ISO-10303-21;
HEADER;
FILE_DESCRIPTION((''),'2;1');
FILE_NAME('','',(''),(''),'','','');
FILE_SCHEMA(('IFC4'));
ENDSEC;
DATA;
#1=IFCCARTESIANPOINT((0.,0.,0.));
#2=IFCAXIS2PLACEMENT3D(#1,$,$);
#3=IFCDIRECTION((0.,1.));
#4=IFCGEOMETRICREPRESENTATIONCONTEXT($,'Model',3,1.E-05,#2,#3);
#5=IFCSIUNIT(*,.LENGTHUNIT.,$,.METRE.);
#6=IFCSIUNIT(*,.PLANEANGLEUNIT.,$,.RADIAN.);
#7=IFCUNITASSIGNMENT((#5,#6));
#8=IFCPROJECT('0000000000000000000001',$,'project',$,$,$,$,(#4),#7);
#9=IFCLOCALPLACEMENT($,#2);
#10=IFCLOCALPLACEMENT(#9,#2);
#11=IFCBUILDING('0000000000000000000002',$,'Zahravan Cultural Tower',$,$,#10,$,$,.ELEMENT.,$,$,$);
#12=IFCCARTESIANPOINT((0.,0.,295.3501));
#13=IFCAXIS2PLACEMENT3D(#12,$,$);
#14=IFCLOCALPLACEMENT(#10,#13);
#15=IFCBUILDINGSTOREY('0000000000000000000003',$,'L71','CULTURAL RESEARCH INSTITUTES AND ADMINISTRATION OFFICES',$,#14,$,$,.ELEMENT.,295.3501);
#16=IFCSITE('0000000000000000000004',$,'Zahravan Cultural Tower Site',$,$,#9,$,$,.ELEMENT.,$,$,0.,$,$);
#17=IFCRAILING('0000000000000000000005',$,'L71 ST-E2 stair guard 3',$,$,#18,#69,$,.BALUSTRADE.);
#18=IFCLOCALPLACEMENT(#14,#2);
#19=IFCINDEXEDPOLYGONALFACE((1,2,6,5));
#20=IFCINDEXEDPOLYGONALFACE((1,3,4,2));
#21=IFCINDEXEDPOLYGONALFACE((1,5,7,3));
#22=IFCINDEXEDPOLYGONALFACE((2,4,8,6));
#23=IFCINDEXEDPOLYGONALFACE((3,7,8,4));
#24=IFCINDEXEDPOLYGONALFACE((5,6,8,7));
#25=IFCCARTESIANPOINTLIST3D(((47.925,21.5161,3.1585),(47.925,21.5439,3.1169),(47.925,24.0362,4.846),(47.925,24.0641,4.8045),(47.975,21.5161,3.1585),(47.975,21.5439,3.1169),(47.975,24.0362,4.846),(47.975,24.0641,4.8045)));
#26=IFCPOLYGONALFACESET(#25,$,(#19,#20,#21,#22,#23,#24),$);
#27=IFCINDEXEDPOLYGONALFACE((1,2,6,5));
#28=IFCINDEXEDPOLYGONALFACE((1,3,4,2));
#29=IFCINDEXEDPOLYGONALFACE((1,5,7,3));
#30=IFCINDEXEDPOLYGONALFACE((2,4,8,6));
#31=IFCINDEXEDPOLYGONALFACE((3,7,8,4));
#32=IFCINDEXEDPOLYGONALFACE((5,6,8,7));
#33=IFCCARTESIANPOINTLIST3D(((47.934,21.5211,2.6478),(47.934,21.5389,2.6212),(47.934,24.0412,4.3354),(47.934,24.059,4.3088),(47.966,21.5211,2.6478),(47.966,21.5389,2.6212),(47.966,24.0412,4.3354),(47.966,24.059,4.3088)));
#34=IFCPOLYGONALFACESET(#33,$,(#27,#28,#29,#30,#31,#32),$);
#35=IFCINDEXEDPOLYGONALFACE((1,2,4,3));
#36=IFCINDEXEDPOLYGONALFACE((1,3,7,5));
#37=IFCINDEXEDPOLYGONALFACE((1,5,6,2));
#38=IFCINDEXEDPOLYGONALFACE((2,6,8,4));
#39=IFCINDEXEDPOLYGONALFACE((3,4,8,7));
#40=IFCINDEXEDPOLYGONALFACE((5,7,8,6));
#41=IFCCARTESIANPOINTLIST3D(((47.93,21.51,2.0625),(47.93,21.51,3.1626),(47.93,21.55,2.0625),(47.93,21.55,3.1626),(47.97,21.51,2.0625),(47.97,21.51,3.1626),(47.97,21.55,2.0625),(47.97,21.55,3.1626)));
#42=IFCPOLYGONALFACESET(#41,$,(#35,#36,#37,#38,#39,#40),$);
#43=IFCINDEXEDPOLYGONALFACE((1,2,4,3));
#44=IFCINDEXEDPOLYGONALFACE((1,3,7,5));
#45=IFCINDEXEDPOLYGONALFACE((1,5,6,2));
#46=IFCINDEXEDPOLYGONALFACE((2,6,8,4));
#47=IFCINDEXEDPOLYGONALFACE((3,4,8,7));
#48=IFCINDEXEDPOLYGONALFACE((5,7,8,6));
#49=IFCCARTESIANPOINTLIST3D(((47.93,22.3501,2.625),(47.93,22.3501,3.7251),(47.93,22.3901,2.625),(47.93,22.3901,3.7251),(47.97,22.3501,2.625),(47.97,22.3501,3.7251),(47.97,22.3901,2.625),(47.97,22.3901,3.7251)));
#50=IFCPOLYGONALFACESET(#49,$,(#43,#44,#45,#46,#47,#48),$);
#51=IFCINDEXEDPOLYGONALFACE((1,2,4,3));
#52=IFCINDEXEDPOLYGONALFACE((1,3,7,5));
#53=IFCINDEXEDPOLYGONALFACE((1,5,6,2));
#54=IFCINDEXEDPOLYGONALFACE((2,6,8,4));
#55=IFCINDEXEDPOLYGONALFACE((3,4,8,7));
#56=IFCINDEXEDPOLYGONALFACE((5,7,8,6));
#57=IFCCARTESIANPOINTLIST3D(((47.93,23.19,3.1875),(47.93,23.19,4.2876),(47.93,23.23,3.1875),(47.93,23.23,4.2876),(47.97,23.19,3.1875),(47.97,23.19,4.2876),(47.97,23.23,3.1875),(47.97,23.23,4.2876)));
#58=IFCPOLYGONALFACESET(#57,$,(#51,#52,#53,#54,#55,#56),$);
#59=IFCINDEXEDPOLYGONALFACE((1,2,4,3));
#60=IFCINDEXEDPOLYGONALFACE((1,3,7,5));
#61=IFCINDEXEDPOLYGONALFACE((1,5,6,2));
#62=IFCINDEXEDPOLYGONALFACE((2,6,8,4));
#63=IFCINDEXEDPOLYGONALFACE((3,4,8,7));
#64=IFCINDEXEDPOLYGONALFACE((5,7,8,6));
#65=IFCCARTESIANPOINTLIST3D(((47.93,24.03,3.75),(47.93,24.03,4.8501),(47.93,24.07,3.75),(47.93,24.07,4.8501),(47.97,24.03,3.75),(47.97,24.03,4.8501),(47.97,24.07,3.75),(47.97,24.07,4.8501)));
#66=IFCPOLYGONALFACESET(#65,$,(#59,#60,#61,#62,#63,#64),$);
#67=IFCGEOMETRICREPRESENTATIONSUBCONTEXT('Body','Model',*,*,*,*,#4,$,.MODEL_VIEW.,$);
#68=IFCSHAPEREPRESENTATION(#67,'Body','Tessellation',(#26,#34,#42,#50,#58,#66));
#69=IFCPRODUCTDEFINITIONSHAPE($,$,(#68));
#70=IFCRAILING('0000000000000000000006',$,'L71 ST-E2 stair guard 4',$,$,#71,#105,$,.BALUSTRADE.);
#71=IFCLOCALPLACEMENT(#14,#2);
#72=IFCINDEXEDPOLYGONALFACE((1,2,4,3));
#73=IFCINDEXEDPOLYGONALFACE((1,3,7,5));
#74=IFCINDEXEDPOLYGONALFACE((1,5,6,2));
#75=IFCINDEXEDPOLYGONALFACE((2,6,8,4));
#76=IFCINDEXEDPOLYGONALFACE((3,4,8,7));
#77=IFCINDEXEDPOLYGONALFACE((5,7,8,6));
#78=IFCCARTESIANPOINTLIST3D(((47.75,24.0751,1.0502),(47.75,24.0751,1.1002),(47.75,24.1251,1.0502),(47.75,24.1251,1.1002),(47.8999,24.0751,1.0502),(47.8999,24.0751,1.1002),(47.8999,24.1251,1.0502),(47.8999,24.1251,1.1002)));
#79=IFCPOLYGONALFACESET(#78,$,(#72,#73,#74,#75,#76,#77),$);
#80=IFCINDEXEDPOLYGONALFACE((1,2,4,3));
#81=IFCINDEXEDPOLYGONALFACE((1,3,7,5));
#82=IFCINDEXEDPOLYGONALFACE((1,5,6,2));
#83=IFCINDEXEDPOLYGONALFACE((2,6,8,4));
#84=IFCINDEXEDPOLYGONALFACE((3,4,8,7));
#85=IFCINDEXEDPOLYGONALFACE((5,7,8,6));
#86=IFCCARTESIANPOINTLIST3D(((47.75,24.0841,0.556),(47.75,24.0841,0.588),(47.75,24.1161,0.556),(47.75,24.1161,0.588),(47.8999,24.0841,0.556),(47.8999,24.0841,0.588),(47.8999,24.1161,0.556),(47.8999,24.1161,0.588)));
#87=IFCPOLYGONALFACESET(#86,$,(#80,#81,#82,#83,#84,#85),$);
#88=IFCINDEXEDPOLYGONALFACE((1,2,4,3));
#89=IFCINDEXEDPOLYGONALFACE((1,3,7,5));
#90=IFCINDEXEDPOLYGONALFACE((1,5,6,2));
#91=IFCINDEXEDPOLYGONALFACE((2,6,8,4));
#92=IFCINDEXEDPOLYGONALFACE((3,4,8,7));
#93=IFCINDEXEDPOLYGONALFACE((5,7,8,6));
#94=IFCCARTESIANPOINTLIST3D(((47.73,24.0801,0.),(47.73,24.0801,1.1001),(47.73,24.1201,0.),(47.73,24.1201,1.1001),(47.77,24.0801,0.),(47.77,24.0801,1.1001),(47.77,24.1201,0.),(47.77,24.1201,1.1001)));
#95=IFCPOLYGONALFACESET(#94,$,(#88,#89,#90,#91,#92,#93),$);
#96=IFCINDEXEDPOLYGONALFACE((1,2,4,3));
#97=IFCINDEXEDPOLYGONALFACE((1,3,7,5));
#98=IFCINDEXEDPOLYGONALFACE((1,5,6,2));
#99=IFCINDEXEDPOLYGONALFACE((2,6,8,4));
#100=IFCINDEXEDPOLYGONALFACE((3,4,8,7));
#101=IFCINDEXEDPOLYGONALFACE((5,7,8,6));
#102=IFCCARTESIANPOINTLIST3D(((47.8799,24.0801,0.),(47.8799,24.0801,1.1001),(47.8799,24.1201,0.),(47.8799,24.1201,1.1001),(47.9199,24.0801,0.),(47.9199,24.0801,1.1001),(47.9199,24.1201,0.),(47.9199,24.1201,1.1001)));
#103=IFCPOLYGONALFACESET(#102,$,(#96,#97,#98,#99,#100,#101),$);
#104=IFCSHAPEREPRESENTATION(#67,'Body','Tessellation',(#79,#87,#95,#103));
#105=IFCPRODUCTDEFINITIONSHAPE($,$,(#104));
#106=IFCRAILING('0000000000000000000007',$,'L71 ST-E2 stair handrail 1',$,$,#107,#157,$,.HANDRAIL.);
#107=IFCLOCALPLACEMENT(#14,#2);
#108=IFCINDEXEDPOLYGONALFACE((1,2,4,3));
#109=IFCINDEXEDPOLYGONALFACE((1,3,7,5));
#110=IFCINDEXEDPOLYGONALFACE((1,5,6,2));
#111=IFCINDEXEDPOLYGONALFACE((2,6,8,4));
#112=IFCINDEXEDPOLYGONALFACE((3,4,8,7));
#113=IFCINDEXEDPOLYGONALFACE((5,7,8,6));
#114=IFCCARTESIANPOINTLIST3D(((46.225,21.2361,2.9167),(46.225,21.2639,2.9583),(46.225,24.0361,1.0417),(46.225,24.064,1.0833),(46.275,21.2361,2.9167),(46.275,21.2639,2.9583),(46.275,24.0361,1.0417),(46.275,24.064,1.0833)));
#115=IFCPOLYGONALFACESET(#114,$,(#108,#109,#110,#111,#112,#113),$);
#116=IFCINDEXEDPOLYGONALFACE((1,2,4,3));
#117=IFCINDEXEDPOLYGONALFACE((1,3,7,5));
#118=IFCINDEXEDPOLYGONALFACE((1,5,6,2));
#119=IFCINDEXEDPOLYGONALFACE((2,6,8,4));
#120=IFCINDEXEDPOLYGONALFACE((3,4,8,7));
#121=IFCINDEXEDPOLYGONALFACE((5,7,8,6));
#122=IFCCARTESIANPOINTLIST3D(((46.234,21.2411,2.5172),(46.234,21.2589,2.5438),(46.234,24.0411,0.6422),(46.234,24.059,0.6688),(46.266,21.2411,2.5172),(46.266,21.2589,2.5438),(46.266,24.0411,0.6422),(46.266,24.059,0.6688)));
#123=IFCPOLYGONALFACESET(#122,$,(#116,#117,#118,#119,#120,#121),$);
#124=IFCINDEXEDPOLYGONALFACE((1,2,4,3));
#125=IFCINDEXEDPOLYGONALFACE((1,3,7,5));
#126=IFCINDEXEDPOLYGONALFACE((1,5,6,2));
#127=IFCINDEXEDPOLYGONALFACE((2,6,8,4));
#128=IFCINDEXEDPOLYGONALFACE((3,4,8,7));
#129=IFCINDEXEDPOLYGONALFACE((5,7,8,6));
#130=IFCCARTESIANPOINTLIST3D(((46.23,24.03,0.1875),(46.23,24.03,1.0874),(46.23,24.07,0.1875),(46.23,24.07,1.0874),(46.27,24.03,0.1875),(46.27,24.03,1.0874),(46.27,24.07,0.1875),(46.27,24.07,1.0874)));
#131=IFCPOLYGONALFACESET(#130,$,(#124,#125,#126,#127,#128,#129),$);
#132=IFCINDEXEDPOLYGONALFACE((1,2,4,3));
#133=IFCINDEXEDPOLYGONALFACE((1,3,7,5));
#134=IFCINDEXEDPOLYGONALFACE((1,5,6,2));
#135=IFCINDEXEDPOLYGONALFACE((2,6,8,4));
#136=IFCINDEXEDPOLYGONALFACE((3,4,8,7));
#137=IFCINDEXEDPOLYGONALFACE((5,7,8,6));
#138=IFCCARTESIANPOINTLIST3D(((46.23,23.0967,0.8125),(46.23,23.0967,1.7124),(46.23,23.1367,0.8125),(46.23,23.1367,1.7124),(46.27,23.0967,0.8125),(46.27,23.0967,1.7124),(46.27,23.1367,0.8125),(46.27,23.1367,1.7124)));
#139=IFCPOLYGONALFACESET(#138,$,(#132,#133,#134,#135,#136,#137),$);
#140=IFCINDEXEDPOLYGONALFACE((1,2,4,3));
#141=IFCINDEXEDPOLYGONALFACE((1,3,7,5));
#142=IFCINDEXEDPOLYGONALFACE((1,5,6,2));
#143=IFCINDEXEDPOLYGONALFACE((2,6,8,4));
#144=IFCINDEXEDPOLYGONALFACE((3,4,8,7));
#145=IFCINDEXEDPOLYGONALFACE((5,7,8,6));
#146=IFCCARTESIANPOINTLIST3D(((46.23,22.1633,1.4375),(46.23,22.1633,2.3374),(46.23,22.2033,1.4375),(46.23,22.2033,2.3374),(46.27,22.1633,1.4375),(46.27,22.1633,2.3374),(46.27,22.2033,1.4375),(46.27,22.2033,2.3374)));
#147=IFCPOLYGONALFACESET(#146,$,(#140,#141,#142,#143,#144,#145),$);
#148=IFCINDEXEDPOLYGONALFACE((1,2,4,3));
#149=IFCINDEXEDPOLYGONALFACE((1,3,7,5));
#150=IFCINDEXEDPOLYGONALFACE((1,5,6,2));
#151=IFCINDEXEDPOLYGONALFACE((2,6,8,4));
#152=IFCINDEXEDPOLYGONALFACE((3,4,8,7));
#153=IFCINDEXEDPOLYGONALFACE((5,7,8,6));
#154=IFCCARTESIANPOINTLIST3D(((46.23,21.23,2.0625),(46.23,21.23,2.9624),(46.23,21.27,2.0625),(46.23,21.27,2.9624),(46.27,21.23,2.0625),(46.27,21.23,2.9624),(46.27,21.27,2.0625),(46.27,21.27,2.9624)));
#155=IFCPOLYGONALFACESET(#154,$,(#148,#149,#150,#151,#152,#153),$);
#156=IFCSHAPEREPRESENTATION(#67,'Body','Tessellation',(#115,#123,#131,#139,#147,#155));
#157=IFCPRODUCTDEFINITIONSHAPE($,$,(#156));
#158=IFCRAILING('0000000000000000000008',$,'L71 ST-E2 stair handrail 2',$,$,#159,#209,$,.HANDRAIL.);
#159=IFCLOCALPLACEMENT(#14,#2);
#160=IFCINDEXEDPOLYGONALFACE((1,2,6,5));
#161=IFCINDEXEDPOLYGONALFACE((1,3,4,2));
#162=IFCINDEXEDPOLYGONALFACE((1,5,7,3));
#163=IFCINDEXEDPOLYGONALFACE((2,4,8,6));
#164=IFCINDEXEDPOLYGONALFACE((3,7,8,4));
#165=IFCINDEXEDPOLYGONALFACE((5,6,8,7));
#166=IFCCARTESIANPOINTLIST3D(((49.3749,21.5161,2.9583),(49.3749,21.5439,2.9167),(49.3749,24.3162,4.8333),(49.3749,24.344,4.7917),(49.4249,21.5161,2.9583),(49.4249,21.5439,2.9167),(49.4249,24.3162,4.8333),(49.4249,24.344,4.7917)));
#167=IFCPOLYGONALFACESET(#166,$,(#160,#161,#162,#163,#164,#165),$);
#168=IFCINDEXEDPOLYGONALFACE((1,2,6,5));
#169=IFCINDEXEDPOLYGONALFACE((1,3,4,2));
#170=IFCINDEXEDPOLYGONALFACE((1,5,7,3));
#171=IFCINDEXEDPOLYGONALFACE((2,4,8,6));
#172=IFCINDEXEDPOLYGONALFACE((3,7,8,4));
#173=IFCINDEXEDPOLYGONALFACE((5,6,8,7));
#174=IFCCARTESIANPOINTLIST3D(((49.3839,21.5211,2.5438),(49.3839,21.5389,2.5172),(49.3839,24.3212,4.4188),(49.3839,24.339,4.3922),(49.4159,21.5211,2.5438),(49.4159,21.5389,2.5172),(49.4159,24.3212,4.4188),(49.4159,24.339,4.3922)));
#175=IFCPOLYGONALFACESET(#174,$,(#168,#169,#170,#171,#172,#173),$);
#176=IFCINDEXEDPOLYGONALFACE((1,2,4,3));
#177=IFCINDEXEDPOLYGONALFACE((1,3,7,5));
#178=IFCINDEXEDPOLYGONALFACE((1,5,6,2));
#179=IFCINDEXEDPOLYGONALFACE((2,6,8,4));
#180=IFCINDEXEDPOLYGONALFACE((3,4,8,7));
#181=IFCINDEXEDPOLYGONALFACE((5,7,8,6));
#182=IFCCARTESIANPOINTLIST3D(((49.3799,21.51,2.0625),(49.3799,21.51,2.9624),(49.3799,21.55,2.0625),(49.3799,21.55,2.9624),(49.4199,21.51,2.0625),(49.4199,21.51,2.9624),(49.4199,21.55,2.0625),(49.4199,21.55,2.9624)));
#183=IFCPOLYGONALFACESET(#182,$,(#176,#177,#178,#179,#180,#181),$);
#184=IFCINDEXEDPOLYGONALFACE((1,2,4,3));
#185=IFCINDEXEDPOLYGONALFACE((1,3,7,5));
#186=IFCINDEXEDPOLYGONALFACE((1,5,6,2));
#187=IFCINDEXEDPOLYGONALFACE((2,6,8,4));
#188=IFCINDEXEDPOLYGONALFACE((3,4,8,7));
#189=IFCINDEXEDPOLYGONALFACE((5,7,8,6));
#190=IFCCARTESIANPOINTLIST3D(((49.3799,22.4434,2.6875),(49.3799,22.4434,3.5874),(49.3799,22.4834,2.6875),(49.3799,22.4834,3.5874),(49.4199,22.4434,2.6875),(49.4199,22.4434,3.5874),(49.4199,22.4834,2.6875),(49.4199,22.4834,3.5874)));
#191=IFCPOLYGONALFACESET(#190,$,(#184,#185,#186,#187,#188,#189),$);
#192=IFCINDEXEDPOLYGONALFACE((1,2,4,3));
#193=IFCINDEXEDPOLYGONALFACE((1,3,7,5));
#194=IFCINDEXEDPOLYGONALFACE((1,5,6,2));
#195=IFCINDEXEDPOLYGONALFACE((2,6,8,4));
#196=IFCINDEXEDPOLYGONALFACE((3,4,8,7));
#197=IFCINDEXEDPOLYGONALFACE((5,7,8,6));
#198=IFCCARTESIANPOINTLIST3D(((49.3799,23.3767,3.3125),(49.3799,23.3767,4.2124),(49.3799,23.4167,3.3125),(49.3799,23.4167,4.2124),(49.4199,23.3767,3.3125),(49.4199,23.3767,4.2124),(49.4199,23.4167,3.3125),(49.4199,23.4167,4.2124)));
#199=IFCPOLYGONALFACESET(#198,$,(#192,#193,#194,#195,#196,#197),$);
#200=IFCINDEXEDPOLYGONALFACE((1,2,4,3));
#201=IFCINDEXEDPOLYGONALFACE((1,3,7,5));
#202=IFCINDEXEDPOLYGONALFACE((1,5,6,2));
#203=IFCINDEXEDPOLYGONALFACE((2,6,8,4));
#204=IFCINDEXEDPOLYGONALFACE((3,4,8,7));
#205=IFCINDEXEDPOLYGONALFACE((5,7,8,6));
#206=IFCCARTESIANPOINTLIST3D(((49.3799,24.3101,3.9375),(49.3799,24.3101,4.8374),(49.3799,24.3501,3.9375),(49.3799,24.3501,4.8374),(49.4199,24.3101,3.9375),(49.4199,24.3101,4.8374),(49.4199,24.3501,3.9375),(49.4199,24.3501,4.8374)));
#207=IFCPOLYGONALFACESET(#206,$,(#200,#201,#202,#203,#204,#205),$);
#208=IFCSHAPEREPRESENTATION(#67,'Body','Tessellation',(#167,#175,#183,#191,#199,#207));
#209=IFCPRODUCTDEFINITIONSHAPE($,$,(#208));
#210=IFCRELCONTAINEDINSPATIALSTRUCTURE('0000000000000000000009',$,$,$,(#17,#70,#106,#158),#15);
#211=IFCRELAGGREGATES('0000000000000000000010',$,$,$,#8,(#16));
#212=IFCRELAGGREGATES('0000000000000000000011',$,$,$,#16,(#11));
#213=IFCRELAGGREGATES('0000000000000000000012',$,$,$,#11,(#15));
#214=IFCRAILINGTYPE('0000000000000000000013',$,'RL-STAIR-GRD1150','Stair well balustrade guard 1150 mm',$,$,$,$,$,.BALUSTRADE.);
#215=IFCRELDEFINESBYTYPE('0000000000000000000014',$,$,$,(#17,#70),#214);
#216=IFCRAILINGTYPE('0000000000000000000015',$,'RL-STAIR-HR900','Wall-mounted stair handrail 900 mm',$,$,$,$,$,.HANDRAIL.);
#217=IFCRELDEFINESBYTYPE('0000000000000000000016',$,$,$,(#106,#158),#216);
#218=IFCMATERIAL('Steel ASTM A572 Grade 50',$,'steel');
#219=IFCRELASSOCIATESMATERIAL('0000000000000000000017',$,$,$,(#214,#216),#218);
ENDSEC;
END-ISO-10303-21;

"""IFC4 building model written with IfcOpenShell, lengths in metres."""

from ifc_helpers import new_model, si_unit, direction, frame, origin, origin_2d, place, context, subcontext, project, spatial, rectangle, extrude, material, type_object, element, save


model = new_model("IFC4")

# Units and contexts
model_context = context("Model", 3, precision=1e-05, world=origin(), true_north=direction((0.0, 1.0)))
body_context = subcontext(model_context, "Body", "Model", "MODEL_VIEW")
ifc_project = project(units=[si_unit("LENGTHUNIT", "METRE"), si_unit("PLANEANGLEUNIT", "RADIAN")], contexts=[model_context])

# Site, building, storey
site_placement = place(None, origin())
site = spatial("IfcSite", under=ifc_project, at=site_placement, Name="Zahravan Cultural Tower Site", CompositionType="ELEMENT", RefElevation=0.0)
building_placement = place(site_placement, origin())
building = spatial("IfcBuilding", under=site, at=building_placement, Name="Zahravan Cultural Tower", CompositionType="ELEMENT")
storey_placement = place(building_placement, frame((0.0, 0.0, 295.3501)))
storey = spatial("IfcBuildingStorey", under=building, at=storey_placement, Name="L71", Description="CULTURAL RESEARCH INSTITUTES AND ADMINISTRATION OFFICES", CompositionType="ELEMENT", Elevation=295.3501)

# Shared definitions
ifc_material_1 = material(Name="Steel ASTM A572 Grade 50", Category="steel")

# Railings
railing_type_1 = type_object("IfcRailingType", Name="RL-STAIR-GRD1150", Description="Stair well balustrade guard 1150 mm", PredefinedType="BALUSTRADE", material=ifc_material_1)
railing_1_placement = place(storey_placement, frame((47.95, 21.53, 2.0625)))
element("IfcRailing", 1, at=railing_1_placement, inside=storey, type_object=railing_type_1, Name="L71 ST-E2 stair guard 3", PredefinedType="BALUSTRADE", context=body_context, shape_type="SweptSolid", body=[
    extrude(rectangle(XDim=0.05, YDim=0.05, at=origin_2d()), frame((0.0, 0.0, 1.0752), z_axis=(0.0, 0.830909, 0.556408), x_axis=(-1.0, 0.0, 0.0)), (0.0, 0.0, 1.0), 3.033),
    extrude(rectangle(XDim=0.032, YDim=0.032, at=origin_2d()), frame((0.0, 0.0, 0.572), z_axis=(0.0, 0.830909, 0.556408), x_axis=(-1.0, 0.0, 0.0)), (0.0, 0.0, 1.0), 3.033),
    extrude(rectangle(XDim=0.04, YDim=0.04, at=origin_2d()), origin(), (0.0, 0.0, 1.0), 1.1001),
    extrude(rectangle(XDim=0.04, YDim=0.04, at=origin_2d()), frame((0.0, 0.8401, 0.5625)), (0.0, 0.0, 1.0), 1.1001),
    extrude(rectangle(XDim=0.04, YDim=0.04, at=origin_2d()), frame((0.0, 1.6799, 1.125)), (0.0, 0.0, 1.0), 1.1001),
    extrude(rectangle(XDim=0.04, YDim=0.04, at=origin_2d()), frame((0.0, 2.52, 1.6875)), (0.0, 0.0, 1.0), 1.1001),
])
railing_2_placement = place(storey_placement, frame((47.75, 24.1001, 0.0)))
element("IfcRailing", 2, at=railing_2_placement, inside=storey, type_object=railing_type_1, Name="L71 ST-E2 stair guard 4", PredefinedType="BALUSTRADE", context=body_context, shape_type="SweptSolid", body=[
    extrude(rectangle(XDim=0.05, YDim=0.05, at=origin_2d()), frame((0.0, 0.0, 1.0752), z_axis=(1.0, 0.0, 0.0), x_axis=(0.0, 1.0, 0.0)), (0.0, 0.0, 1.0), 0.1499),
    extrude(rectangle(XDim=0.032, YDim=0.032, at=origin_2d()), frame((0.0, 0.0, 0.572), z_axis=(1.0, 0.0, 0.0), x_axis=(0.0, 1.0, 0.0)), (0.0, 0.0, 1.0), 0.1499),
    extrude(rectangle(XDim=0.04, YDim=0.04, at=origin_2d()), origin(), (0.0, 0.0, 1.0), 1.1001),
    extrude(rectangle(XDim=0.04, YDim=0.04, at=origin_2d()), frame((0.1499, 0.0, 0.0)), (0.0, 0.0, 1.0), 1.1001),
])
railing_type_2 = type_object("IfcRailingType", Name="RL-STAIR-HR900", Description="Wall-mounted stair handrail 900 mm", PredefinedType="HANDRAIL", material=ifc_material_1)
railing_3_placement = place(storey_placement, frame((46.25, 24.05, 0.1875)))
element("IfcRailing", 3, at=railing_3_placement, inside=storey, type_object=railing_type_2, Name="L71 ST-E2 stair handrail 1", PredefinedType="HANDRAIL", context=body_context, shape_type="SweptSolid", body=[
    extrude(rectangle(XDim=0.05, YDim=0.05, at=origin_2d()), frame((0.0, 0.0, 0.875), z_axis=(0.0, -0.830912, 0.556404), x_axis=(1.0, 0.0, 0.0)), (0.0, 0.0, 1.0), 3.3699),
    extrude(rectangle(XDim=0.032, YDim=0.032, at=origin_2d()), frame((0.0, 0.0, 0.468), z_axis=(0.0, -0.830912, 0.556404), x_axis=(1.0, 0.0, 0.0)), (0.0, 0.0, 1.0), 3.3699),
    extrude(rectangle(XDim=0.04, YDim=0.04, at=origin_2d()), origin(), (0.0, 0.0, 1.0), 0.8999),
    extrude(rectangle(XDim=0.04, YDim=0.04, at=origin_2d()), frame((0.0, -0.9333, 0.625)), (0.0, 0.0, 1.0), 0.8999),
    extrude(rectangle(XDim=0.04, YDim=0.04, at=origin_2d()), frame((0.0, -1.8667, 1.25)), (0.0, 0.0, 1.0), 0.8999),
    extrude(rectangle(XDim=0.04, YDim=0.04, at=origin_2d()), frame((0.0, -2.8, 1.875)), (0.0, 0.0, 1.0), 0.8999),
])
railing_4_placement = place(storey_placement, frame((49.3999, 21.53, 2.0625)))
element("IfcRailing", 4, at=railing_4_placement, inside=storey, type_object=railing_type_2, Name="L71 ST-E2 stair handrail 2", PredefinedType="HANDRAIL", context=body_context, shape_type="SweptSolid", body=[
    extrude(rectangle(XDim=0.05, YDim=0.05, at=origin_2d()), frame((0.0, 0.0, 0.875), z_axis=(0.0, 0.830912, 0.556404), x_axis=(-1.0, 0.0, 0.0)), (0.0, 0.0, 1.0), 3.3699),
    extrude(rectangle(XDim=0.032, YDim=0.032, at=origin_2d()), frame((0.0, 0.0, 0.468), z_axis=(0.0, 0.830912, 0.556404), x_axis=(-1.0, 0.0, 0.0)), (0.0, 0.0, 1.0), 3.3699),
    extrude(rectangle(XDim=0.04, YDim=0.04, at=origin_2d()), origin(), (0.0, 0.0, 1.0), 0.8999),
    extrude(rectangle(XDim=0.04, YDim=0.04, at=origin_2d()), frame((0.0, 0.9333, 0.625)), (0.0, 0.0, 1.0), 0.8999),
    extrude(rectangle(XDim=0.04, YDim=0.04, at=origin_2d()), frame((0.0, 1.8667, 1.25)), (0.0, 0.0, 1.0), 0.8999),
    extrude(rectangle(XDim=0.04, YDim=0.04, at=origin_2d()), frame((0.0, 2.8, 1.875)), (0.0, 0.0, 1.0), 0.8999),
])

save(model, "model.ifc")
